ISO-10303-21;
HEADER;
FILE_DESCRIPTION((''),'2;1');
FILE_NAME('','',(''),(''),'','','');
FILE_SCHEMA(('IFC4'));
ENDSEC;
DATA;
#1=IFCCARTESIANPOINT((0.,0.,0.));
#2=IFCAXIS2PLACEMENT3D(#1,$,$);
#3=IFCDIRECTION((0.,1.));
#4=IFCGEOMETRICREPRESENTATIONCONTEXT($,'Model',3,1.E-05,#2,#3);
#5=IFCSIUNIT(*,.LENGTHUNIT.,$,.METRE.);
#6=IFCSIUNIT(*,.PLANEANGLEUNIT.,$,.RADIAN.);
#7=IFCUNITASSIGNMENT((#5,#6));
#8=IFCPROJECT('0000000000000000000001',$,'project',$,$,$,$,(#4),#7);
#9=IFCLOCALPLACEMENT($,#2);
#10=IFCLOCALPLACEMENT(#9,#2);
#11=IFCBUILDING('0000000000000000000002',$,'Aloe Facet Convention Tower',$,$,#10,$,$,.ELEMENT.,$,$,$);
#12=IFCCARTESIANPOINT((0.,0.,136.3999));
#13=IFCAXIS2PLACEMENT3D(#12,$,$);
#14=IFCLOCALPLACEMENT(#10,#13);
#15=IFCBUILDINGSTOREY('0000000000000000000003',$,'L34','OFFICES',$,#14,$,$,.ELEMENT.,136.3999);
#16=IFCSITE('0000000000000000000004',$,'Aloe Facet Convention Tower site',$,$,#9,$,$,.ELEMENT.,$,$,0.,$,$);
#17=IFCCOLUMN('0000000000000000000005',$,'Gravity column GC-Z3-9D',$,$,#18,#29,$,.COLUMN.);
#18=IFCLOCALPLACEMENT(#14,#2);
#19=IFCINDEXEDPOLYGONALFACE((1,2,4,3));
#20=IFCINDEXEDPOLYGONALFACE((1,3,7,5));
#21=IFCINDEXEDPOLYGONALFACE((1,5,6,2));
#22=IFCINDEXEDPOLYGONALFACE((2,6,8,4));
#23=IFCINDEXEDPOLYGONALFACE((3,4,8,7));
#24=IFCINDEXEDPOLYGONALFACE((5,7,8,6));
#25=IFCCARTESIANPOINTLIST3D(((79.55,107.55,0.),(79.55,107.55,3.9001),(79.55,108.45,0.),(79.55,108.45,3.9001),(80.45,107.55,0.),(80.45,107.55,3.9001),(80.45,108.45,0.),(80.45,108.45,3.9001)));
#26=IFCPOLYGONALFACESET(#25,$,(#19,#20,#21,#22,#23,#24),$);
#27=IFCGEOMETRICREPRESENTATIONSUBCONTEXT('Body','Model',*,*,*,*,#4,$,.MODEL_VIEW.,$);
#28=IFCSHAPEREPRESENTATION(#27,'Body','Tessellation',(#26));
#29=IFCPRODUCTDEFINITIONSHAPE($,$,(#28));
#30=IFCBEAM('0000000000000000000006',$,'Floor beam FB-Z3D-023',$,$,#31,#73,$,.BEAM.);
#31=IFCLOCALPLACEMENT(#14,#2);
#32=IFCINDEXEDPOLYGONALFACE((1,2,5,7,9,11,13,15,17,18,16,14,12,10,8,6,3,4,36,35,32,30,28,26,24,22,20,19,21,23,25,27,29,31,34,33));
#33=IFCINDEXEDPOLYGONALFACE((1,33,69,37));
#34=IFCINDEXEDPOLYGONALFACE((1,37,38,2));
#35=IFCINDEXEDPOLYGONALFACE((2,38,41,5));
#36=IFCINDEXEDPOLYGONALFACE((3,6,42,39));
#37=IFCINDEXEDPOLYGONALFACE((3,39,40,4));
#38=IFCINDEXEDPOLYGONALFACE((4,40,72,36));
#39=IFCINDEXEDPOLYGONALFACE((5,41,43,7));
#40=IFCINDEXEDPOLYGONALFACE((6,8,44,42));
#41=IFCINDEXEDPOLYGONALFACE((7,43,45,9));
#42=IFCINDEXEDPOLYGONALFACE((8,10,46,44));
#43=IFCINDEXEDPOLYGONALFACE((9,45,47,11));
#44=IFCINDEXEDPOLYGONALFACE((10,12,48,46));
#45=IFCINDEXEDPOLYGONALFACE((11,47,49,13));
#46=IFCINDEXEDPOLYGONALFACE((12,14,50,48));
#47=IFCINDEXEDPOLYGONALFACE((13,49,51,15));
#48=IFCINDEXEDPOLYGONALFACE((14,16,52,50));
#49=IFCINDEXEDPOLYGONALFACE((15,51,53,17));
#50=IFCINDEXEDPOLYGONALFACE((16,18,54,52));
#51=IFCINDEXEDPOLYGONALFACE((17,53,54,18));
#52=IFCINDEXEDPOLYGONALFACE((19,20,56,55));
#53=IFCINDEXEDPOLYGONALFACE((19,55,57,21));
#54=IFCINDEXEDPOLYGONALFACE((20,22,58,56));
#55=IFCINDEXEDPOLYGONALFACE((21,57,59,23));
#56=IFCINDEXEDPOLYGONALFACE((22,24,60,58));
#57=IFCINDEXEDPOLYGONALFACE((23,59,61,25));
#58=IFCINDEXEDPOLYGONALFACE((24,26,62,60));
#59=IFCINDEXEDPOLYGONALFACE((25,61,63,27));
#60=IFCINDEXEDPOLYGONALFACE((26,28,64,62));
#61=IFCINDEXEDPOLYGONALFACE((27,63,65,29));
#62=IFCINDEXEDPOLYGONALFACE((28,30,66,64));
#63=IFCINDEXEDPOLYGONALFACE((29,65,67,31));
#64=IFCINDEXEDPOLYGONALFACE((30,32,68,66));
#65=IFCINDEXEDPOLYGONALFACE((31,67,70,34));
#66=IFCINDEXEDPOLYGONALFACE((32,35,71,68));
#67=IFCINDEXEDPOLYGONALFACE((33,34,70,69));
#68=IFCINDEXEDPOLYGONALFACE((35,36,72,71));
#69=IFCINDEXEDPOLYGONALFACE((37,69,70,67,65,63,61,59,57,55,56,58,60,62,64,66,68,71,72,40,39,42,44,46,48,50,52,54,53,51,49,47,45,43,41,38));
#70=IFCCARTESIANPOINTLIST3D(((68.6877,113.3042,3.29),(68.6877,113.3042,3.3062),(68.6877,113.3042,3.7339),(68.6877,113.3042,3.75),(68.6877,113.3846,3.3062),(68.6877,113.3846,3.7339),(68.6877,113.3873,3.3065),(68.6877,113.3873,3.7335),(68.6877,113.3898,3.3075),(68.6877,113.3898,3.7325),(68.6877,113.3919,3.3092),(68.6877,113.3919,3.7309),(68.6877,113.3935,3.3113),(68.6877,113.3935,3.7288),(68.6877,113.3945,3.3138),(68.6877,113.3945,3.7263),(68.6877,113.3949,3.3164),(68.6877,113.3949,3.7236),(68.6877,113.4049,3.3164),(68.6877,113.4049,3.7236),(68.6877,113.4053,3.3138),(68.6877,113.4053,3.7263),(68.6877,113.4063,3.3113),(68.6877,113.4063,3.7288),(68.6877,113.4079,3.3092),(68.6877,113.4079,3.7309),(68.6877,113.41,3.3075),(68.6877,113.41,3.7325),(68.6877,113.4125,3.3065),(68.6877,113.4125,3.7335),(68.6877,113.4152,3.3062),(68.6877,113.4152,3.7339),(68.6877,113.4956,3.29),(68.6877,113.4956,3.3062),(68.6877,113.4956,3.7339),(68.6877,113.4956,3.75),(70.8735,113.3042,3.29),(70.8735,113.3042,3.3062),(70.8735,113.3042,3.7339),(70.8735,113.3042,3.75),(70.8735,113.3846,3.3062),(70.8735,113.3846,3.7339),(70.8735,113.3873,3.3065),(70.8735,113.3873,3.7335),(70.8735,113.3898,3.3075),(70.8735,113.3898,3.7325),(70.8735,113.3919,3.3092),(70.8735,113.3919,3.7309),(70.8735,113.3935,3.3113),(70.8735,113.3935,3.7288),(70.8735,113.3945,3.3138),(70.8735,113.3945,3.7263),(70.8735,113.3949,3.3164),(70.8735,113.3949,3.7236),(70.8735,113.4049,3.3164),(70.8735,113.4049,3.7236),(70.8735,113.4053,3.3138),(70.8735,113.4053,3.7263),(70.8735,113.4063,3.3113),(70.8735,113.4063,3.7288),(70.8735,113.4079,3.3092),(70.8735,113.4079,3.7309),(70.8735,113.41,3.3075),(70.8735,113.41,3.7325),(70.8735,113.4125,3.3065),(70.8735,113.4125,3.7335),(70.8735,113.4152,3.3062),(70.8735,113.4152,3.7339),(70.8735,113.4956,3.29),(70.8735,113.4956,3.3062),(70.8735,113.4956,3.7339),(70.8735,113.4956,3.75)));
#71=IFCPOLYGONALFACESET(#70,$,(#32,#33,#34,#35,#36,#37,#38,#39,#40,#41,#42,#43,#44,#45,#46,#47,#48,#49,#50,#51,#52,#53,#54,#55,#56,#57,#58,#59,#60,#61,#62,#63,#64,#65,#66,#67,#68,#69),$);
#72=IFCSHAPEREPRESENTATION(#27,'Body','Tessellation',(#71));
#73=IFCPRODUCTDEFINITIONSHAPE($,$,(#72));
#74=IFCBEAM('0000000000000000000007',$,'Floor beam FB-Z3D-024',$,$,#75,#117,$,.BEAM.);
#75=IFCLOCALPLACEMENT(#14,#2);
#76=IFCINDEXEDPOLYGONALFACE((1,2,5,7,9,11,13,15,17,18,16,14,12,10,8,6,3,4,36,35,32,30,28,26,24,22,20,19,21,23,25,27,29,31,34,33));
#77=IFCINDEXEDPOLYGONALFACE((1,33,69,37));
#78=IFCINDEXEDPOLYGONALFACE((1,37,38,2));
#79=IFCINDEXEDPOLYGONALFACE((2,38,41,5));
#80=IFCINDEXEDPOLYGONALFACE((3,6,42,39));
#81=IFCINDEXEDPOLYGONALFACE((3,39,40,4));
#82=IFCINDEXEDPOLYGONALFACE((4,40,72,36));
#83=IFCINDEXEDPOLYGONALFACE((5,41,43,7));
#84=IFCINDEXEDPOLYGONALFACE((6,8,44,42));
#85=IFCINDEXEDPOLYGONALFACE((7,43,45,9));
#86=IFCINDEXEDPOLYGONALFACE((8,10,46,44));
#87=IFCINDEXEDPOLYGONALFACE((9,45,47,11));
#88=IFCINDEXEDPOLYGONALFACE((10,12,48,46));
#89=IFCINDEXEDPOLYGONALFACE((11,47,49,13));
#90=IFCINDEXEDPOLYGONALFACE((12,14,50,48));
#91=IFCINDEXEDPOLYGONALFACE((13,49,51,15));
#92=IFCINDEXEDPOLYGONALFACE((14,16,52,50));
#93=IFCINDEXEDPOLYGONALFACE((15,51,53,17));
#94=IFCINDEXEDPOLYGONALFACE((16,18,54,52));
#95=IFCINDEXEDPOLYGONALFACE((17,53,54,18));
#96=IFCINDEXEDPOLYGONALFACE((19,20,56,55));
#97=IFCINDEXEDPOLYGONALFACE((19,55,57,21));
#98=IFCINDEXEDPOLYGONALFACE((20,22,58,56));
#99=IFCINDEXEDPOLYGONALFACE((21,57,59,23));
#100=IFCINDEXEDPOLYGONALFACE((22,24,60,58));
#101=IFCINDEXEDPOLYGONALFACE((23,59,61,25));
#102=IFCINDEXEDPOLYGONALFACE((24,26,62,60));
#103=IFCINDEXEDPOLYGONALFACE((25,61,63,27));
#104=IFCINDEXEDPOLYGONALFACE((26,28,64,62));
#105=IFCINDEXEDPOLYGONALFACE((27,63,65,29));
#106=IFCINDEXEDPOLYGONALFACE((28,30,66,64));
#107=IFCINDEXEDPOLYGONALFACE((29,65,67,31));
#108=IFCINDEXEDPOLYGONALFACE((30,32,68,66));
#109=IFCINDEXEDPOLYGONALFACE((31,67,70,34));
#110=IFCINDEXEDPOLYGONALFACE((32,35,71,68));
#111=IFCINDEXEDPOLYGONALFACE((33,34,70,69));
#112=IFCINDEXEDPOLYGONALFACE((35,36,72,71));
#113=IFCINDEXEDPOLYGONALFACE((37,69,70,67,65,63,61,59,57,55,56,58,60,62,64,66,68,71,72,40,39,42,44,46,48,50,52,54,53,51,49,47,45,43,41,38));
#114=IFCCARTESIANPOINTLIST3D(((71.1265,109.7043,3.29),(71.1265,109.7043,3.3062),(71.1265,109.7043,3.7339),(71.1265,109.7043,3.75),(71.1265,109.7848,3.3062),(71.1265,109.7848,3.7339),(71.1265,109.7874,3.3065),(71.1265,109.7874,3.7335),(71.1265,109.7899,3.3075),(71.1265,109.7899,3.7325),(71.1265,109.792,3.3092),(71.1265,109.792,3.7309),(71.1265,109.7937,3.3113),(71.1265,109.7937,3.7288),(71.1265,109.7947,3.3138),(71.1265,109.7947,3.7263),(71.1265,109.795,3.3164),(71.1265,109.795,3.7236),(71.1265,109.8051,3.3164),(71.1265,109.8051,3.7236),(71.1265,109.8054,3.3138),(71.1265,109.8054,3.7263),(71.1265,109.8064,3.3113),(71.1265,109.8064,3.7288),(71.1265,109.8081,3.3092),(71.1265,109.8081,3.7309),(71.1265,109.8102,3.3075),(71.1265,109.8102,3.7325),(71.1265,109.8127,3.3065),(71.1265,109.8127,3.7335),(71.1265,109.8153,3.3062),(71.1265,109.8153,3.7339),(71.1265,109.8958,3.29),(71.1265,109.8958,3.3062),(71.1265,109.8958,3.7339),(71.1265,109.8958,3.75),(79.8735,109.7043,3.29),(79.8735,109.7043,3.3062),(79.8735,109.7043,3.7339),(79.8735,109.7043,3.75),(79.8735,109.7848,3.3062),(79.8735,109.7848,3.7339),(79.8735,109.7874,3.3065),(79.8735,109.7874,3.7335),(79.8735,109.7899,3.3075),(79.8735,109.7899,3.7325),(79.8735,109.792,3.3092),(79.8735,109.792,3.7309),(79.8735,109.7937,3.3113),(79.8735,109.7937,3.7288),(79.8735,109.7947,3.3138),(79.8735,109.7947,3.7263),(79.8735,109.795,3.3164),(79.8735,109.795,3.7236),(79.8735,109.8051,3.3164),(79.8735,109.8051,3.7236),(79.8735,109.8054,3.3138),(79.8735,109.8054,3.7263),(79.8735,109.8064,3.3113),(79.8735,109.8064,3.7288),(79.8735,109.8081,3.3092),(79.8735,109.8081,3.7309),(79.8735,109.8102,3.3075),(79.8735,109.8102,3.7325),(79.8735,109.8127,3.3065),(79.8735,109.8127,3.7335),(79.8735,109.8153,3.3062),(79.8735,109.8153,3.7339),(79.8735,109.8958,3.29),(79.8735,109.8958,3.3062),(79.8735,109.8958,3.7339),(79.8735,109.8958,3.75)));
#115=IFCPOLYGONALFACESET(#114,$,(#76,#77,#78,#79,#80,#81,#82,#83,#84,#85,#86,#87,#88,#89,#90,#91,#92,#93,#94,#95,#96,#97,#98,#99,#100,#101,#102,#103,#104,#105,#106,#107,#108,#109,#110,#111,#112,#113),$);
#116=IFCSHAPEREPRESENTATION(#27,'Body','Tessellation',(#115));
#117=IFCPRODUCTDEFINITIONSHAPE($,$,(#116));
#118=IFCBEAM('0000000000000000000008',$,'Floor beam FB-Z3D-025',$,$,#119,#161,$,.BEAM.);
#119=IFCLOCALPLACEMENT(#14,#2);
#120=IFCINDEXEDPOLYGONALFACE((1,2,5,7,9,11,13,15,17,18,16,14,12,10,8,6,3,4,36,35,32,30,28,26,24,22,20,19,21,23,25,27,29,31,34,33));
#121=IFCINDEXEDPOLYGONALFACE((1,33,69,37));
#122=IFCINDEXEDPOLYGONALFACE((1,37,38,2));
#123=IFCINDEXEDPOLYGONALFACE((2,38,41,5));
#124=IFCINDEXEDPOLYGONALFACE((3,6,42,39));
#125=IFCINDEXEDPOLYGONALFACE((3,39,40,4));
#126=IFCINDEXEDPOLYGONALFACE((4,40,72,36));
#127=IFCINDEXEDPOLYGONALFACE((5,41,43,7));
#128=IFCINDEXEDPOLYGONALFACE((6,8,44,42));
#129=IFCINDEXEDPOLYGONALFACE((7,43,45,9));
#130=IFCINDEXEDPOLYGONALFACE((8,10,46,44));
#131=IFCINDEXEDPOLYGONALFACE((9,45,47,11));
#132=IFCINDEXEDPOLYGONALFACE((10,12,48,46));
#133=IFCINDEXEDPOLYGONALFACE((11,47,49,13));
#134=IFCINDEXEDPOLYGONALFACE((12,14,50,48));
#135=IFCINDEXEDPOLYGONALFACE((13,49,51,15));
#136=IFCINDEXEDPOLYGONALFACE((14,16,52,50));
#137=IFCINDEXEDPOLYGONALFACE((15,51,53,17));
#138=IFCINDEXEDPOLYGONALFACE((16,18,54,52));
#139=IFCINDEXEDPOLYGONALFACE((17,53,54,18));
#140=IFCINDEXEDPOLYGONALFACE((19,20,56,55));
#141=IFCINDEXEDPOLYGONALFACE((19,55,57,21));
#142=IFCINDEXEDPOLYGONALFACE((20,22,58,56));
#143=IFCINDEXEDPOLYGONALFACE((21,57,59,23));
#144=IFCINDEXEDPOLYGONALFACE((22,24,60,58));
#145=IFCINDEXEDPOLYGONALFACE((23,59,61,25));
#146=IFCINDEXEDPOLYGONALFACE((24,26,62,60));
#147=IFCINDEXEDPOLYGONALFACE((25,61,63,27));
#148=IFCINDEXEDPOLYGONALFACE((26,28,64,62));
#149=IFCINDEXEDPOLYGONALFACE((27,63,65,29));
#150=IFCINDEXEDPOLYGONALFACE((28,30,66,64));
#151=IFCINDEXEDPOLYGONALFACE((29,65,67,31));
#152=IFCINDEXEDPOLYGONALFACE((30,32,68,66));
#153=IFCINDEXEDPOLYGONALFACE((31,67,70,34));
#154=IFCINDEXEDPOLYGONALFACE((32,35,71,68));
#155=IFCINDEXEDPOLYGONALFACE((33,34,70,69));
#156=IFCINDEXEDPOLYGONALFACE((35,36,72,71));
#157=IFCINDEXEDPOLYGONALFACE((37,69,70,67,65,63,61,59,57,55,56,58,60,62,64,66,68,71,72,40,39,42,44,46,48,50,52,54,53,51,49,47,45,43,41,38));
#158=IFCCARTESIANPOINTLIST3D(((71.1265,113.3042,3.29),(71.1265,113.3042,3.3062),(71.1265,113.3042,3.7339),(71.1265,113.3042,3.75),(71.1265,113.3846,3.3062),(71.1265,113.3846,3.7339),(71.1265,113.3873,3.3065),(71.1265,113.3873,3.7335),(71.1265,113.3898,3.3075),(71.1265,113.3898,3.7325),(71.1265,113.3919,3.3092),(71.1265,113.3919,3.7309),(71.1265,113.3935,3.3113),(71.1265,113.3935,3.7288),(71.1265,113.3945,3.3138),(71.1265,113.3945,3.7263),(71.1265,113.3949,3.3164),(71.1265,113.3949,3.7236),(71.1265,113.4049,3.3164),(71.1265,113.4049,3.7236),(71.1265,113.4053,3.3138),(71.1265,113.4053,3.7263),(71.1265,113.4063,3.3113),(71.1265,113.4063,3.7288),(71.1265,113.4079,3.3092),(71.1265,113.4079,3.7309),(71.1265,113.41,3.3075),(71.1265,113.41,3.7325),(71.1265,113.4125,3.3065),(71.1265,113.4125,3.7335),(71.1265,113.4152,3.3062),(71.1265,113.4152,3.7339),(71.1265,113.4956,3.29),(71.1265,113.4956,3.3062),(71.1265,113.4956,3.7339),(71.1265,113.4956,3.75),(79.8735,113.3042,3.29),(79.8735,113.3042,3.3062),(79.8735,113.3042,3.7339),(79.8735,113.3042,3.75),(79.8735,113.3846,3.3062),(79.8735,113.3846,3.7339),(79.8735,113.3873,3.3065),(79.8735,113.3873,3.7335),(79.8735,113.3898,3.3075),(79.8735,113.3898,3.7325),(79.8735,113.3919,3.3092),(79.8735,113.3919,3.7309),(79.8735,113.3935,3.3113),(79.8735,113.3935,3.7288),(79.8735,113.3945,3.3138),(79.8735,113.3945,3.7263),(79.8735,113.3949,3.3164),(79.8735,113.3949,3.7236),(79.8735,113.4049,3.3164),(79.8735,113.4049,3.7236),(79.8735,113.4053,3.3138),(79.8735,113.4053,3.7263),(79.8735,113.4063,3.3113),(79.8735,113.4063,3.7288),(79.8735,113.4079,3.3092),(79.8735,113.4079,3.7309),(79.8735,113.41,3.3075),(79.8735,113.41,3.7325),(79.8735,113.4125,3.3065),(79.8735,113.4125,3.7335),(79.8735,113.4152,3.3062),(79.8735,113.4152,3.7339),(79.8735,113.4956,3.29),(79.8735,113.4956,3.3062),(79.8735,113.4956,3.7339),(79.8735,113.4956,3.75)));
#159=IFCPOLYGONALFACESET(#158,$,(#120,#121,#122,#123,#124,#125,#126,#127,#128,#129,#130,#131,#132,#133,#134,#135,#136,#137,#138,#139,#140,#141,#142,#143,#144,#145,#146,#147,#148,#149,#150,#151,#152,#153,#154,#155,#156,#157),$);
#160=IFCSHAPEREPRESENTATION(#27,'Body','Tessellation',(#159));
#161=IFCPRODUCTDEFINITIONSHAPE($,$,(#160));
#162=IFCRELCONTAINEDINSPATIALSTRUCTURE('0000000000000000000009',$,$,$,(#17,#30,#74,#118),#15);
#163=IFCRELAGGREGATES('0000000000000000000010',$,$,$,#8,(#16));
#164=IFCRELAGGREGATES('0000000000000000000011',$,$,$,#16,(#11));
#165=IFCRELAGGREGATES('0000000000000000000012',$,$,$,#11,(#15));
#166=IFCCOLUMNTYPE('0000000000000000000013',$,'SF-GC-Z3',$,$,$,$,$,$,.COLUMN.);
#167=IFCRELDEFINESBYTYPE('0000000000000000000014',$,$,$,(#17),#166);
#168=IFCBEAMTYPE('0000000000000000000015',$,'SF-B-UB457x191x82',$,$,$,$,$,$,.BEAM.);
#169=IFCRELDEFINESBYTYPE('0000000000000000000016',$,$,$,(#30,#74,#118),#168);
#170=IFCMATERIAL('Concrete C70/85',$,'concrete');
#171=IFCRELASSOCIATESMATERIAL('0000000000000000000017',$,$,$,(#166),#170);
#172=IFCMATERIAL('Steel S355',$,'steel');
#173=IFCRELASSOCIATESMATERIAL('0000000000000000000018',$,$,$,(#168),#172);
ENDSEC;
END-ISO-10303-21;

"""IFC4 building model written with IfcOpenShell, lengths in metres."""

from ifc_helpers import new_model, si_unit, direction, frame, origin, origin_2d, place, context, subcontext, project, spatial, rectangle, i_section, extrude, material, material_profile, profile_set, type_object, element, save


model = new_model("IFC4")

# Units and contexts
model_context = context("Model", 3, precision=1e-05, world=origin(), true_north=direction((0.0, 1.0)))
body_context = subcontext(model_context, "Body", "Model", "MODEL_VIEW")
ifc_project = project(units=[si_unit("LENGTHUNIT", "METRE"), si_unit("PLANEANGLEUNIT", "RADIAN")], contexts=[model_context])

# Site, building, storey
site_placement = place(None, origin())
site = spatial("IfcSite", under=ifc_project, at=site_placement, Name="Aloe Facet Convention Tower site", CompositionType="ELEMENT", RefElevation=0.0)
building_placement = place(site_placement, origin())
building = spatial("IfcBuilding", under=site, at=building_placement, Name="Aloe Facet Convention Tower", CompositionType="ELEMENT")
storey_placement = place(building_placement, frame((0.0, 0.0, 136.3999)))
storey = spatial("IfcBuildingStorey", under=building, at=storey_placement, Name="L34", Description="OFFICES", CompositionType="ELEMENT", Elevation=136.3999)

# Column
ifc_material_1 = material(Name="Concrete C70/85", Category="concrete")
ifc_material_profile_1 = material_profile(ifc_material_1, rectangle(XDim=0.8999, YDim=0.8999, at=origin_2d()), Name="SF-GC-Z3")
ifc_profile_set_1 = profile_set([ifc_material_profile_1], Name="Concrete C70/85")
column_type = type_object("IfcColumnType", Name="SF-GC-Z3", PredefinedType="COLUMN", material=ifc_profile_set_1)
column_placement = place(storey_placement, frame((80.0, 108.0, 0.0), z_axis=(0.0, 0.0, 1.0), x_axis=(1.0, 0.0, 0.0)))
element("IfcColumn", 1, at=column_placement, inside=storey, type_object=column_type, Name="Gravity column GC-Z3-9D", PredefinedType="COLUMN", context=body_context, shape_type="SweptSolid", body=[
    extrude(rectangle(XDim=0.8999, YDim=0.8999, at=origin_2d()), origin(), (0.0, 0.0, 1.0), 3.9001),
])

# Beams
ifc_material_2 = material(Name="Steel S355", Category="steel")
ifc_material_profile_2 = material_profile(ifc_material_2, i_section(OverallWidth=0.1914, OverallDepth=0.46, WebThickness=0.01, FlangeThickness=0.0161, FilletRadius=0.0103, at=origin_2d()), Name="UB 457x191x82")
ifc_profile_set_2 = profile_set([ifc_material_profile_2], Name="Steel S355")
beam_type_1 = type_object("IfcBeamType", Name="SF-B-UB457x191x82", PredefinedType="BEAM", material=ifc_profile_set_2)
beam_1_placement = place(storey_placement, frame((68.6877, 113.3999, 3.52), z_axis=(1.0, 0.0, 0.0), x_axis=(0.0, 1.0, 0.0)))
element("IfcBeam", 2, at=beam_1_placement, inside=storey, type_object=beam_type_1, Name="Floor beam FB-Z3D-023", PredefinedType="BEAM", context=body_context, shape_type="SweptSolid", body=[
    extrude(i_section(OverallWidth=0.1914, OverallDepth=0.46, WebThickness=0.01, FlangeThickness=0.0161, FilletRadius=0.0103, at=origin_2d()), origin(), (0.0, 0.0, 1.0), 2.1858),
])
for number, where, z_axis, x_axis, name in (
    (3, (71.1265, 109.8, 3.52), (1.0, 0.0, 0.0), (0.0, 1.0, 0.0), "Floor beam FB-Z3D-024"),
    (4, (71.1265, 113.3999, 3.52), (1.0, 0.0, 0.0), (0.0, 1.0, 0.0), "Floor beam FB-Z3D-025"),
):
    element("IfcBeam", number, at=place(storey_placement, frame(where, z_axis=z_axis, x_axis=x_axis)), inside=storey, type_object=beam_type_1, Name=name, PredefinedType="BEAM", context=body_context, shape_type="SweptSolid", body=[
        extrude(i_section(OverallWidth=0.1914, OverallDepth=0.46, WebThickness=0.01, FlangeThickness=0.0161, FilletRadius=0.0103, at=origin_2d()), origin(), (0.0, 0.0, 1.0), 8.7471),
    ])

save(model, "model.ifc")
